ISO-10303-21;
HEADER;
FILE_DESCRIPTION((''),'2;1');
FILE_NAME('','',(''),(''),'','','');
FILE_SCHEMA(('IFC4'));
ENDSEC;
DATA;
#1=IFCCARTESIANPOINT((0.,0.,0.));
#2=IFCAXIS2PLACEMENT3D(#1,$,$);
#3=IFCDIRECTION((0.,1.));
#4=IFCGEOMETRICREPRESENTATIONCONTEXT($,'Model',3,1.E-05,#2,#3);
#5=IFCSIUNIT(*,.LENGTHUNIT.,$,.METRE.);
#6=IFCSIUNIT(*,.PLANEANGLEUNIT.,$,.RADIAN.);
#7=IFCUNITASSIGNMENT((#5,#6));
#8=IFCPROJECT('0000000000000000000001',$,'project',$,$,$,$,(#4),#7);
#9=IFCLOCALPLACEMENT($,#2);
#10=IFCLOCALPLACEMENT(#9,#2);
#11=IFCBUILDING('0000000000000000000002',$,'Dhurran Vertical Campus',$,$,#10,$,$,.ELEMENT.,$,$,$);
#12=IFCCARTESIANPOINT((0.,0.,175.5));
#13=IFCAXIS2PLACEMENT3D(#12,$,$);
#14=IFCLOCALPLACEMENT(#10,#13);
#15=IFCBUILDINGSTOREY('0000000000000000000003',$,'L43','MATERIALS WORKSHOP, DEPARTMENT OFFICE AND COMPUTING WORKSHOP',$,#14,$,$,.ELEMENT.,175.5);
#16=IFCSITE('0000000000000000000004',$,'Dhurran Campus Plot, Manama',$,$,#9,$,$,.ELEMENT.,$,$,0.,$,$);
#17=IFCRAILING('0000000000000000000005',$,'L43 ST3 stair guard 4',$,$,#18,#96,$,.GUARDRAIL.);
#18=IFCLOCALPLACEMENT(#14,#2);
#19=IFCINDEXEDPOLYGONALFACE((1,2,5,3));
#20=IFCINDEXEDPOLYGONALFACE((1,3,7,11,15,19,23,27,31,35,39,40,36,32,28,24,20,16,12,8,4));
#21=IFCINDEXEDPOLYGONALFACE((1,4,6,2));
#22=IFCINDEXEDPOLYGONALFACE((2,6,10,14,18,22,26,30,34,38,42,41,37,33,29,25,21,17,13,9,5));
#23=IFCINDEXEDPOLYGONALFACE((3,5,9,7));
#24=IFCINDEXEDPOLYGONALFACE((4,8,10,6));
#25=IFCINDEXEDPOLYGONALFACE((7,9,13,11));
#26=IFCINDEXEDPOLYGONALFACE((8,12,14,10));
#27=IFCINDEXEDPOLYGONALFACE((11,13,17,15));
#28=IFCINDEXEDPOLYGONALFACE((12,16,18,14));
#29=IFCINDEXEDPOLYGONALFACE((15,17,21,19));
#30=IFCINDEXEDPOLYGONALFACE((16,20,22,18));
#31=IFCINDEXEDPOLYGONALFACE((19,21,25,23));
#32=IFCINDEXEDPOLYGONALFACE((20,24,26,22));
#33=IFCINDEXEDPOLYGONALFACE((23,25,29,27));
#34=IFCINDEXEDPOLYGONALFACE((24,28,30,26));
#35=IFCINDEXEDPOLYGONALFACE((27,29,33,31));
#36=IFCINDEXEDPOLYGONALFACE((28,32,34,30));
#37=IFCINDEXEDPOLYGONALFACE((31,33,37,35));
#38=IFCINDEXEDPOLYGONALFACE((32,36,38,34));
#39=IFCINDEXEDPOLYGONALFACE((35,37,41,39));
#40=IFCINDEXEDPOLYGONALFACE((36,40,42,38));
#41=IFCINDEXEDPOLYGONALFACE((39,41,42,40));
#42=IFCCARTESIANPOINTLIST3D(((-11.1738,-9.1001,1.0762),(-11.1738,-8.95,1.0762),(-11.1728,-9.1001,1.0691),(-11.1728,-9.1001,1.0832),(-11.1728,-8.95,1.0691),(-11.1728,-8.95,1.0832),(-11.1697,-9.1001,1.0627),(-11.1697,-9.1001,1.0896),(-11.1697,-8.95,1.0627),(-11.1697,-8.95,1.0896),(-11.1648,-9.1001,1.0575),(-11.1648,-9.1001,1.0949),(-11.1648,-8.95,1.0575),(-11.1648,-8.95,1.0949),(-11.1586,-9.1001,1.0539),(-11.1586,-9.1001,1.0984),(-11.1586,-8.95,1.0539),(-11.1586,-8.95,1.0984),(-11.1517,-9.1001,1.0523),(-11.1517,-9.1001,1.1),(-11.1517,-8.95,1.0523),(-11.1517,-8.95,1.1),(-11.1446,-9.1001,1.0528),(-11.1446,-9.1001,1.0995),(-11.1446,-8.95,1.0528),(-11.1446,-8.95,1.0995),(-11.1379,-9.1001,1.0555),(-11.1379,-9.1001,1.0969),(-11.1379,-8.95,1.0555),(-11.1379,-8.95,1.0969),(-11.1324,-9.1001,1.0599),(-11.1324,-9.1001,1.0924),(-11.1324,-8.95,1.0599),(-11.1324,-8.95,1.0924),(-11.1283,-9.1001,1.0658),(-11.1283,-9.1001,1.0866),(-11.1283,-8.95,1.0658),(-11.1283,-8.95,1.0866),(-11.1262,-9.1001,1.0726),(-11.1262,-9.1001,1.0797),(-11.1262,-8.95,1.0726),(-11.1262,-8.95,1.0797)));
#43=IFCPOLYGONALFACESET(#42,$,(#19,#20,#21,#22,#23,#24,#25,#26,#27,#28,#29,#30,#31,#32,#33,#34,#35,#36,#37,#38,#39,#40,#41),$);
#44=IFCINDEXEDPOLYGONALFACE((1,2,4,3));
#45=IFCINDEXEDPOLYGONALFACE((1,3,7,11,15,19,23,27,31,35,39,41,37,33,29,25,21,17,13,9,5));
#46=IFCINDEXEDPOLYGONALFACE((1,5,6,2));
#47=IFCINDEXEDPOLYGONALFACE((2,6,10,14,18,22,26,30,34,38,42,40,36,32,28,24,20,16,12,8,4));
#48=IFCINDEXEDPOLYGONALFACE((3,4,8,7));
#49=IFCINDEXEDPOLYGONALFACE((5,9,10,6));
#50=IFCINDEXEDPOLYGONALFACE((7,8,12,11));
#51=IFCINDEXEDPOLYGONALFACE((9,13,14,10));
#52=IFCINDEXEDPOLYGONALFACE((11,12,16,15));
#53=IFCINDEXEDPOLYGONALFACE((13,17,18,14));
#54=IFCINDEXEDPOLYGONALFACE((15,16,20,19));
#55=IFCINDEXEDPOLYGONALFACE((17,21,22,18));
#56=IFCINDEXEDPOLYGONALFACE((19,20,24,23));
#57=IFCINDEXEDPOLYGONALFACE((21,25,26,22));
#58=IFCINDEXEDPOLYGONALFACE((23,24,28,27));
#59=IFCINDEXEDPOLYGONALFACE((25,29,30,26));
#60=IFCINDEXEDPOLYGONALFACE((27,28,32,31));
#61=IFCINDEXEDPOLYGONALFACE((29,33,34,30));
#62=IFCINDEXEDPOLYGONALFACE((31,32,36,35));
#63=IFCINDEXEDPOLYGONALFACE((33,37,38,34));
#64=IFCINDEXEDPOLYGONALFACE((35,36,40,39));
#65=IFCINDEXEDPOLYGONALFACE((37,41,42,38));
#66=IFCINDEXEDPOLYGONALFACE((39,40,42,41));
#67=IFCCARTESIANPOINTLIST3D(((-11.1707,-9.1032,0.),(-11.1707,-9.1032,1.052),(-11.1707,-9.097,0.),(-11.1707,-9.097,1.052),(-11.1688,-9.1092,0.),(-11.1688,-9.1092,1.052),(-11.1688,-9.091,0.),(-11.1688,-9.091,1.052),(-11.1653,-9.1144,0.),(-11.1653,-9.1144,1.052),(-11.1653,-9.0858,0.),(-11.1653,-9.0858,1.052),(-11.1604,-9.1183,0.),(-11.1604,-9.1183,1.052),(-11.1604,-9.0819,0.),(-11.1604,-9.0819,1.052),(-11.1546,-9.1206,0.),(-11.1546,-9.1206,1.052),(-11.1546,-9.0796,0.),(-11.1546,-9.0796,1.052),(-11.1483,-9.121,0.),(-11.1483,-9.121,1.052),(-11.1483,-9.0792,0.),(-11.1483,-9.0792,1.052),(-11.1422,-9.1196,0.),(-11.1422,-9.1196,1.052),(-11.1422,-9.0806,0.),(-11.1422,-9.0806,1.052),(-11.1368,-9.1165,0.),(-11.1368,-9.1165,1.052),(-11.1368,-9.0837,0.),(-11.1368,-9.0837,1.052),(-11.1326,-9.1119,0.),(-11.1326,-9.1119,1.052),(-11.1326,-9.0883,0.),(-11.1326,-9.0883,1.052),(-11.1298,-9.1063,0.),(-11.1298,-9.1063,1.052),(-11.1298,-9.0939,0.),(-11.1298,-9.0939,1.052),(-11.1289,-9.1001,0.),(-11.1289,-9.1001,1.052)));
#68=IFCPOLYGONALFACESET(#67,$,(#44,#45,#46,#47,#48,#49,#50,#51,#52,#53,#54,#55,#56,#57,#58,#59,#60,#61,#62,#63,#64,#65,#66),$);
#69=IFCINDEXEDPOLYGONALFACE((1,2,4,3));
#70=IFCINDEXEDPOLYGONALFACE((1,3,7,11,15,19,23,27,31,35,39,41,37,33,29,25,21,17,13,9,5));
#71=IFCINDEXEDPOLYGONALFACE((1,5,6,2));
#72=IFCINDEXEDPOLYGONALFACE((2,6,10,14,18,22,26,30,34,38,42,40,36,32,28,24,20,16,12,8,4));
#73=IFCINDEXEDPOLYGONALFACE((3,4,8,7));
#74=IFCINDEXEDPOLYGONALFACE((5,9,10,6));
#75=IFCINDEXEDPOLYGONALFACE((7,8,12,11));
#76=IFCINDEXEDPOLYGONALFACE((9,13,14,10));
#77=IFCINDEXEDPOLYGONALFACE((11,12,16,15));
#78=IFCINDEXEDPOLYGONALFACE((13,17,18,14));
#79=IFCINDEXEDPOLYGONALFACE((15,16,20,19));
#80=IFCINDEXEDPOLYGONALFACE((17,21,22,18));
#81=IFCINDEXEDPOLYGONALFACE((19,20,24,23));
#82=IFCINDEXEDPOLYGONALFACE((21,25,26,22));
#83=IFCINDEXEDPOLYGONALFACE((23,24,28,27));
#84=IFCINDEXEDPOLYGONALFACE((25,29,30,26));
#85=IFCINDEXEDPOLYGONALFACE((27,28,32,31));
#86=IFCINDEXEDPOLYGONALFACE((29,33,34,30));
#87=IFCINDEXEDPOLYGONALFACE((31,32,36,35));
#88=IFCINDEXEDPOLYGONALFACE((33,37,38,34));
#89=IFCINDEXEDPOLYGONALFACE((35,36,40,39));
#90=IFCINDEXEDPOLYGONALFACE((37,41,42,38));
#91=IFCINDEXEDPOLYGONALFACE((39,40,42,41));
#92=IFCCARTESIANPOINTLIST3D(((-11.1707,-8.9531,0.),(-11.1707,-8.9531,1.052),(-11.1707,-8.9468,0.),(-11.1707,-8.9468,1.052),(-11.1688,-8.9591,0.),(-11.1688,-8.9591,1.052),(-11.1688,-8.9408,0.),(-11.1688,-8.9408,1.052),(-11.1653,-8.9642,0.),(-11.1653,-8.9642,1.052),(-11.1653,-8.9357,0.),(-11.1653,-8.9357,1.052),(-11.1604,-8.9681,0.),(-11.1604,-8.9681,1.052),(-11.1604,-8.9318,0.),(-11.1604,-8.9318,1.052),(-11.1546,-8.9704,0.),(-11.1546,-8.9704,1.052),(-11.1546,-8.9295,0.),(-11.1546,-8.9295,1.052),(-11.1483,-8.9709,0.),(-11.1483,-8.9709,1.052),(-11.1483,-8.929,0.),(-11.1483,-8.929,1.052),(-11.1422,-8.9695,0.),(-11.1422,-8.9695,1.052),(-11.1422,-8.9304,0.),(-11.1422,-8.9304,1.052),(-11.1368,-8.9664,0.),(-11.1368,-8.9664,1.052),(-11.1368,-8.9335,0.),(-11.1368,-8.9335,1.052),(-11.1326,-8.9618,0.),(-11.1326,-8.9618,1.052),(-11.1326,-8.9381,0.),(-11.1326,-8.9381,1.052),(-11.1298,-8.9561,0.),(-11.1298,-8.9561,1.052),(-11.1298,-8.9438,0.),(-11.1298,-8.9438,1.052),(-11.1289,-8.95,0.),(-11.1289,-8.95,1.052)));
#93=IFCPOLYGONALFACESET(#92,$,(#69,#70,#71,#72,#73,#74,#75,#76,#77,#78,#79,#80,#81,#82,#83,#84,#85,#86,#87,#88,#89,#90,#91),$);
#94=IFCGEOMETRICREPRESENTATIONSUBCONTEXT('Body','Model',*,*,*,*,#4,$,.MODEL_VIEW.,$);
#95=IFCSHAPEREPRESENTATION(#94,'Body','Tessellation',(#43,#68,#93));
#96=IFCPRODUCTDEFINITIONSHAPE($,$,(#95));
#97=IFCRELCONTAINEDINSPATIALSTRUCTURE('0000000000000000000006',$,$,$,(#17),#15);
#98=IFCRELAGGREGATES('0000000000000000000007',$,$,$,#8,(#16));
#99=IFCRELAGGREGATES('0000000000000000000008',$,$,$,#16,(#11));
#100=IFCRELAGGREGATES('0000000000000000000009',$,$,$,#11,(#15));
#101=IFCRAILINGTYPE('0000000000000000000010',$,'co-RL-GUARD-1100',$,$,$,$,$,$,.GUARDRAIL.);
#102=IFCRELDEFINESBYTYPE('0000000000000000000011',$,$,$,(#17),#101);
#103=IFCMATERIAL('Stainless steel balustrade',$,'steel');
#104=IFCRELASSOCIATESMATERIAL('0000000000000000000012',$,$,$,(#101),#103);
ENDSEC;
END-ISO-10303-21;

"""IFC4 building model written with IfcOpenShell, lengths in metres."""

from ifc_helpers import new_model, si_unit, direction, frame, origin, origin_2d, place, context, subcontext, project, spatial, circle, extrude, material, type_object, element, save


model = new_model("IFC4")

# Units and contexts
model_context = context("Model", 3, precision=1e-05, world=origin(), true_north=direction((0.0, 1.0)))
body_context = subcontext(model_context, "Body", "Model", "MODEL_VIEW")
ifc_project = project(units=[si_unit("LENGTHUNIT", "METRE"), si_unit("PLANEANGLEUNIT", "RADIAN")], contexts=[model_context])

# Site, building, storey
site_placement = place(None, origin())
site = spatial("IfcSite", under=ifc_project, at=site_placement, Name="Dhurran Campus Plot, Manama", CompositionType="ELEMENT", RefElevation=0.0)
building_placement = place(site_placement, origin())
building = spatial("IfcBuilding", under=site, at=building_placement, Name="Dhurran Vertical Campus", CompositionType="ELEMENT")
storey_placement = place(building_placement, frame((0.0, 0.0, 175.5)))
storey = spatial("IfcBuildingStorey", under=building, at=storey_placement, Name="L43", Description="MATERIALS WORKSHOP, DEPARTMENT OFFICE AND COMPUTING WORKSHOP", CompositionType="ELEMENT", Elevation=175.5)

# Railing
ifc_material_1 = material(Name="Stainless steel balustrade", Category="steel")
railing_type = type_object("IfcRailingType", Name="co-RL-GUARD-1100", PredefinedType="GUARDRAIL", material=ifc_material_1)
railing_placement = place(storey_placement, frame((-11.1499, -9.1001, 0.0)))
element("IfcRailing", 1, at=railing_placement, inside=storey, type_object=railing_type, Name="L43 ST3 stair guard 4", PredefinedType="GUARDRAIL", context=body_context, shape_type="SweptSolid", body=[
    extrude(circle(Radius=0.0239, at=origin_2d()), frame((0.0, 0.0, 1.0762), z_axis=(0.0, 1.0, 0.0), x_axis=(-1.0, 0.0, 0.0)), (0.0, 0.0, 1.0), 0.1501),
    extrude(circle(Radius=0.021, at=origin_2d()), origin(), (0.0, 0.0, 1.0), 1.052),
    extrude(circle(Radius=0.021, at=origin_2d()), frame((0.0, 0.1501, 0.0)), (0.0, 0.0, 1.0), 1.052),
])

save(model, "model.ifc")
